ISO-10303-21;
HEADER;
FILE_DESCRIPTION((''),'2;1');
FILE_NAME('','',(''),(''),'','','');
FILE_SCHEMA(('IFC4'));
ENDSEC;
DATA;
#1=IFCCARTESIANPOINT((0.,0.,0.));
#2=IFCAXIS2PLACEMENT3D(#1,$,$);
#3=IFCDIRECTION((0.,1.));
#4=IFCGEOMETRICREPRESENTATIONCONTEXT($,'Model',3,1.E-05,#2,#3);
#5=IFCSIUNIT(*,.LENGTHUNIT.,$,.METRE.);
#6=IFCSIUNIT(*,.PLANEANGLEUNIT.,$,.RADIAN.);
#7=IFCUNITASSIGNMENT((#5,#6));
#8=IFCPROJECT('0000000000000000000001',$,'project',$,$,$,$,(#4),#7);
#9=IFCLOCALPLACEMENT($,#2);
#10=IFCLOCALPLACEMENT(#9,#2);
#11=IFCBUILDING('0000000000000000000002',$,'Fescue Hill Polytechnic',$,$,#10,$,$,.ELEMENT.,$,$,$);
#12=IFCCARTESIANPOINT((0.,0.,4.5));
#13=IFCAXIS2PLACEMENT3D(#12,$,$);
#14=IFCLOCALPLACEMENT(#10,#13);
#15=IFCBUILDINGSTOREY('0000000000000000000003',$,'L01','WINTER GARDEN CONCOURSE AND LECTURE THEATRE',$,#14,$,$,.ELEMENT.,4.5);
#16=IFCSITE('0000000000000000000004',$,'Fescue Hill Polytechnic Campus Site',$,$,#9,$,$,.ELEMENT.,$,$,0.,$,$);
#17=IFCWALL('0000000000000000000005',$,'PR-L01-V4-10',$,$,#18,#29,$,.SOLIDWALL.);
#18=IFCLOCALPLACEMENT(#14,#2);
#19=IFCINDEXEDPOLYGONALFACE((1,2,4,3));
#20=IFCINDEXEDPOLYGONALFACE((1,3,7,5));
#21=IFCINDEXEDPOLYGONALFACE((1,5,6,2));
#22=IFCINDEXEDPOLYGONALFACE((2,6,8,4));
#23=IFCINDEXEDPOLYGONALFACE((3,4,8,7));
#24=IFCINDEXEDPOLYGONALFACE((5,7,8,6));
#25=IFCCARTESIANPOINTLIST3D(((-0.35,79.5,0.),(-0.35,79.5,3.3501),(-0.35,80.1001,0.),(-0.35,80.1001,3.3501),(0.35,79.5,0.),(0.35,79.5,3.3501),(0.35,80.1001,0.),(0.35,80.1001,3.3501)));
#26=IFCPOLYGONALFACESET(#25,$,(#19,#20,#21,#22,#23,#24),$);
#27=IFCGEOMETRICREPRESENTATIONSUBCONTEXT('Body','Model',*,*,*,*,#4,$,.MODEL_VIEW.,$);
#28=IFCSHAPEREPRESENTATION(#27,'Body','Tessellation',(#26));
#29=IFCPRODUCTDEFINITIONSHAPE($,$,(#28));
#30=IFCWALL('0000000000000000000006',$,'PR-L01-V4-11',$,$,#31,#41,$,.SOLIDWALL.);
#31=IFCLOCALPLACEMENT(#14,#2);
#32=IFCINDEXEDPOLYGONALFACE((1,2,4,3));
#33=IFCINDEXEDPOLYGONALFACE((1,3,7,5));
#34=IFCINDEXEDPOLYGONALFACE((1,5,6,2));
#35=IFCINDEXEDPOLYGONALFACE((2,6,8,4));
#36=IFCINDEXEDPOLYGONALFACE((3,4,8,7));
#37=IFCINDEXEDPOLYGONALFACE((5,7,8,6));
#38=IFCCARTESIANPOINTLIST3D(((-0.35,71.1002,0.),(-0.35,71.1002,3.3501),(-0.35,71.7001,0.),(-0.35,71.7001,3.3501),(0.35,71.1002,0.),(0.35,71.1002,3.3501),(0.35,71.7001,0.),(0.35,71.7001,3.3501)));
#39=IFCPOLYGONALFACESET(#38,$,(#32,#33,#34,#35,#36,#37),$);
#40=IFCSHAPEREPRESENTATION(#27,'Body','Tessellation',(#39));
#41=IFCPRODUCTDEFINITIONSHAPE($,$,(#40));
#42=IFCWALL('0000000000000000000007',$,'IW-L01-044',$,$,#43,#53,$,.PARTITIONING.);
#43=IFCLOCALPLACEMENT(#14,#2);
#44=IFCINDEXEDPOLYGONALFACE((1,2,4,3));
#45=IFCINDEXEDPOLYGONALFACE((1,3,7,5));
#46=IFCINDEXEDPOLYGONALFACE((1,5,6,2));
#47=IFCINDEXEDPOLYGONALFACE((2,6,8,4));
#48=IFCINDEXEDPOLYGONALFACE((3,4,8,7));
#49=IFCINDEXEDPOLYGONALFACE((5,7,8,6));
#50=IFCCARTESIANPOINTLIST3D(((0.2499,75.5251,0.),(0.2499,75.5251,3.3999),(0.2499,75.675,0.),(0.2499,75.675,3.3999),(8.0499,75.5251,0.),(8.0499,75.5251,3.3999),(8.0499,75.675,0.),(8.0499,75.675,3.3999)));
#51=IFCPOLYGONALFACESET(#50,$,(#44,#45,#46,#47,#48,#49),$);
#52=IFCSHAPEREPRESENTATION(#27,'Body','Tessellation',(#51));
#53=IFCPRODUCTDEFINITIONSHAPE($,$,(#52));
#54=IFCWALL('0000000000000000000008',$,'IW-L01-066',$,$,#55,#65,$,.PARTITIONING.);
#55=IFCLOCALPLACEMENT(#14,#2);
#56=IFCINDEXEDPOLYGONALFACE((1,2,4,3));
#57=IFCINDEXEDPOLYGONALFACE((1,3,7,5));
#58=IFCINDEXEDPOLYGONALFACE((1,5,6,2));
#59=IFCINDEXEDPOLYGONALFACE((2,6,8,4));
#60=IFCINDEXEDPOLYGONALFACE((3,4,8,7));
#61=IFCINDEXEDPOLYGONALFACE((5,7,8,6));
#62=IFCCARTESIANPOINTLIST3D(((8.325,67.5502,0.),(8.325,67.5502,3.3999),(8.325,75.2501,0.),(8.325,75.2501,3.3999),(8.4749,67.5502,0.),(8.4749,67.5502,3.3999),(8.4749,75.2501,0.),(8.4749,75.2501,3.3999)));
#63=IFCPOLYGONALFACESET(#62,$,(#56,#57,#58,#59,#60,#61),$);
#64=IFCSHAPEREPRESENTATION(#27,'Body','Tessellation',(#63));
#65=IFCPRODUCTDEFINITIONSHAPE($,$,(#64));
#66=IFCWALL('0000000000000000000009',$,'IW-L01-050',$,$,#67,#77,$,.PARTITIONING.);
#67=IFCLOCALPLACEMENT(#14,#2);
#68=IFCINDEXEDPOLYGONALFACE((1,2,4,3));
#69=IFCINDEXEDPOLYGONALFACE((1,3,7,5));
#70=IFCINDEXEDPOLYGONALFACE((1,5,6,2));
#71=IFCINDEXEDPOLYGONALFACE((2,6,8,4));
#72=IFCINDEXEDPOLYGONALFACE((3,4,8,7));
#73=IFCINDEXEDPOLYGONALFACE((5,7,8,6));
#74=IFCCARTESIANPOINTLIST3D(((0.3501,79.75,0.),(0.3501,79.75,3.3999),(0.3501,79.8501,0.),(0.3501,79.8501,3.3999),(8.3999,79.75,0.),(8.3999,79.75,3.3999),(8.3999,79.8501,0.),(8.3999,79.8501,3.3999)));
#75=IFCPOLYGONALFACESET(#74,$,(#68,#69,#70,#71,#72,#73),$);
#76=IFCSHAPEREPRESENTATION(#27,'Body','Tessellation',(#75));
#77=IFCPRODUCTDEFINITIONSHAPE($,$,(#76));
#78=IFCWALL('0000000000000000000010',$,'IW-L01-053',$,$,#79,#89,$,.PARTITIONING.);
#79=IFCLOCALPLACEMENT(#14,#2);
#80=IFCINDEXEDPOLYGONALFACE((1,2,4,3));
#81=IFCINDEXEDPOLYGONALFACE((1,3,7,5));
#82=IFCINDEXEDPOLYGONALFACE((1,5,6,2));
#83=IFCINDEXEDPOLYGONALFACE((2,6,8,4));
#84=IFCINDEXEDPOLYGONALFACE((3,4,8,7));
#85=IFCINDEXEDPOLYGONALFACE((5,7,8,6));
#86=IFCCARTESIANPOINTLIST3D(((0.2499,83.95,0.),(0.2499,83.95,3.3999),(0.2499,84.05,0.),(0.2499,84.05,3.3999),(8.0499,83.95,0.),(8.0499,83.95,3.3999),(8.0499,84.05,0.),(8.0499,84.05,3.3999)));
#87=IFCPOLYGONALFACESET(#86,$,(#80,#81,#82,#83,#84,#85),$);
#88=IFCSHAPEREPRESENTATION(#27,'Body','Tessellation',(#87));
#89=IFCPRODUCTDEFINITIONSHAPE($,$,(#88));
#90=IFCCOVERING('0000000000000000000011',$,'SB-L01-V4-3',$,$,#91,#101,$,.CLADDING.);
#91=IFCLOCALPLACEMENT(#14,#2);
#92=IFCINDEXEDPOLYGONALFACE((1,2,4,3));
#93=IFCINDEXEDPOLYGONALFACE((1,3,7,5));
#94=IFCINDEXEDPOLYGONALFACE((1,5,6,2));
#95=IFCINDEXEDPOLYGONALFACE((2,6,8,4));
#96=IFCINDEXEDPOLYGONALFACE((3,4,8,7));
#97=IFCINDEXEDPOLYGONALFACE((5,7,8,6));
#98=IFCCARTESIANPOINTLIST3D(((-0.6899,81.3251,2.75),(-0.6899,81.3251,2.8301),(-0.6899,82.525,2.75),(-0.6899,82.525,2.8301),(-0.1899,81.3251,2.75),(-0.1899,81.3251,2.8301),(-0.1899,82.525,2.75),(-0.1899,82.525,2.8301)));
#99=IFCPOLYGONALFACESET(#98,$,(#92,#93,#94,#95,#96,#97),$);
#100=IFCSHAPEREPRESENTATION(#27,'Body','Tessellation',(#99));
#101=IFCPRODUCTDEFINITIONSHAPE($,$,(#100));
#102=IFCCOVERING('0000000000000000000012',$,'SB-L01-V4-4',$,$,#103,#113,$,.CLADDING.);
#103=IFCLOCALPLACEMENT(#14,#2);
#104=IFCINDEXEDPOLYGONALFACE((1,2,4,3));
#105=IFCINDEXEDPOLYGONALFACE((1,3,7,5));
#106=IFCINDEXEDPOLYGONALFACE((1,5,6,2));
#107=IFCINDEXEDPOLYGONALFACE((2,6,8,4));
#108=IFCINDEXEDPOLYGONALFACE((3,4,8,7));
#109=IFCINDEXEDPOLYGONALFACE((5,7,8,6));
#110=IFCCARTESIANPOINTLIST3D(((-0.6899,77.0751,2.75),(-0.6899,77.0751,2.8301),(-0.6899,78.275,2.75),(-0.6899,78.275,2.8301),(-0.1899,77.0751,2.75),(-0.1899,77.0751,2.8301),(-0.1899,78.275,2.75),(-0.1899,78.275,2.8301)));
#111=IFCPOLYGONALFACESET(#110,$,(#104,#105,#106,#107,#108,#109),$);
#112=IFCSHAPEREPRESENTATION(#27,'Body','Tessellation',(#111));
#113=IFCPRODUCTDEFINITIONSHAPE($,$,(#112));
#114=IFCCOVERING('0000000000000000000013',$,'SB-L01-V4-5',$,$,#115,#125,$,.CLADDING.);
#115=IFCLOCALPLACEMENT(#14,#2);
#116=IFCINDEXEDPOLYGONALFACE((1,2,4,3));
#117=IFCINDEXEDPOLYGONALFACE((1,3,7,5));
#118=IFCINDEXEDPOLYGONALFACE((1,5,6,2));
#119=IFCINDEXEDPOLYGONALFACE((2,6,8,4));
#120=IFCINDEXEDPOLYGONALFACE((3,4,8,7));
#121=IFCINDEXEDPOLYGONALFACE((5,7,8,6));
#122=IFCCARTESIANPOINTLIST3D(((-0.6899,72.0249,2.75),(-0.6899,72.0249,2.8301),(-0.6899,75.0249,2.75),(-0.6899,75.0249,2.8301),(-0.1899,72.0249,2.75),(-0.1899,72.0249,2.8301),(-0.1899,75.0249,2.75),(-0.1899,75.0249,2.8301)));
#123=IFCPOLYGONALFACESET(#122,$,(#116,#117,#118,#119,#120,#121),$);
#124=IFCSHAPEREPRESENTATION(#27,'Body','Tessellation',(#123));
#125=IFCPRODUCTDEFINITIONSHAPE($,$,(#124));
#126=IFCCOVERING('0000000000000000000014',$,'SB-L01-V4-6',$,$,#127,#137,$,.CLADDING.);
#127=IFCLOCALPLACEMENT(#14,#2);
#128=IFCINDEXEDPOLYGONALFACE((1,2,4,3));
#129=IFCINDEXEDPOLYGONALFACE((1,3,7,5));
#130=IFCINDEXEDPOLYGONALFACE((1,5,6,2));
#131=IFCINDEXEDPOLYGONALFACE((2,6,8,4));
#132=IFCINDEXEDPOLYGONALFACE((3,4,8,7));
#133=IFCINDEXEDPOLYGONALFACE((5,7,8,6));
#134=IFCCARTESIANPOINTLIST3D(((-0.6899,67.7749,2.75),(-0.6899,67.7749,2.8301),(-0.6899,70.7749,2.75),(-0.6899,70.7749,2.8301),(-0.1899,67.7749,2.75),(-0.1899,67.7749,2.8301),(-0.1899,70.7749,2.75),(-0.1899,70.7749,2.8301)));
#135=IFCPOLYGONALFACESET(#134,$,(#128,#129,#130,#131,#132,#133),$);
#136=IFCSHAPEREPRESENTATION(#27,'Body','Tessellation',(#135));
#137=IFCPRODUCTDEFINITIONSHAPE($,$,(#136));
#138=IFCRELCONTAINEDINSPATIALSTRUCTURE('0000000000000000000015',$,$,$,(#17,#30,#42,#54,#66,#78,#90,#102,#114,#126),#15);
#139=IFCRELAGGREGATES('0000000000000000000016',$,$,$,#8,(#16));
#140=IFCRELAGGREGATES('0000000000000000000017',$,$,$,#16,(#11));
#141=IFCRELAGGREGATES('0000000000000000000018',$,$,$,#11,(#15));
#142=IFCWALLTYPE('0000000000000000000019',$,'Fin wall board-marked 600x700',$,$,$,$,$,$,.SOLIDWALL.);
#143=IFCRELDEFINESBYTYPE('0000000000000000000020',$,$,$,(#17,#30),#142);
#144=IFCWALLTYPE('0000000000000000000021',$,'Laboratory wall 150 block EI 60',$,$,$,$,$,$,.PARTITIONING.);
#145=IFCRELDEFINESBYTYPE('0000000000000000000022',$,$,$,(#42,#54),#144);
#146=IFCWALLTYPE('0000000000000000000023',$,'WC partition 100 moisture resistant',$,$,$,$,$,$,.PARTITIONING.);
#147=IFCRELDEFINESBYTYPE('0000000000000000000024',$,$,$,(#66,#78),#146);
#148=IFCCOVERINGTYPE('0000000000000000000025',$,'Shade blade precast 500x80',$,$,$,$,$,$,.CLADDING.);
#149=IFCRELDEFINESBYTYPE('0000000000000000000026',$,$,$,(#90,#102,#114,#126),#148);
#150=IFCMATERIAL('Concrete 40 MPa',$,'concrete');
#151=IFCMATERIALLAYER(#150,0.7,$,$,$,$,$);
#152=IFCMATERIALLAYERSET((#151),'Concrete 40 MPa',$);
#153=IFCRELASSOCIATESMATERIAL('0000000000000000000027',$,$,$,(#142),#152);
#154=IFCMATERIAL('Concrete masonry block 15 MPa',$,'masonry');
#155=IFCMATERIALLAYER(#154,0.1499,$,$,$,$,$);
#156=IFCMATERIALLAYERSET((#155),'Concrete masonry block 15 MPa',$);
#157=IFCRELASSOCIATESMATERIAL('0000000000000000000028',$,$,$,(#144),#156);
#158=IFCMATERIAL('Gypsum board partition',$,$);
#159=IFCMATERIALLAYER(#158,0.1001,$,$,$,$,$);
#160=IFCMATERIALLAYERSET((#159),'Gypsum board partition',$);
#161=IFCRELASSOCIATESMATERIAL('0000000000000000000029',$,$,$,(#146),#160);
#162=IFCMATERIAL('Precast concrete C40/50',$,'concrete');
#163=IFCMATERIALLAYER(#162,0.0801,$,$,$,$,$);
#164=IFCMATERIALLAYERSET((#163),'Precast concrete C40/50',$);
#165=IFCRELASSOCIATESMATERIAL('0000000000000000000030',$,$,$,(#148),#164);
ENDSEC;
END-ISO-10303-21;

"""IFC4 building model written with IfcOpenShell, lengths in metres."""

from ifc_helpers import new_model, si_unit, direction, frame, frame_2d, origin, origin_2d, place, context, subcontext, project, spatial, rectangle, extrude, material, layer, layer_set, type_object, element, save


model = new_model("IFC4")

# Units and contexts
model_context = context("Model", 3, precision=1e-05, world=origin(), true_north=direction((0.0, 1.0)))
body_context = subcontext(model_context, "Body", "Model", "MODEL_VIEW")
ifc_project = project(units=[si_unit("LENGTHUNIT", "METRE"), si_unit("PLANEANGLEUNIT", "RADIAN")], contexts=[model_context])

# Site, building, storey
site_placement = place(None, origin())
site = spatial("IfcSite", under=ifc_project, at=site_placement, Name="Fescue Hill Polytechnic Campus Site", CompositionType="ELEMENT", RefElevation=0.0)
building_placement = place(site_placement, origin())
building = spatial("IfcBuilding", under=site, at=building_placement, Name="Fescue Hill Polytechnic", CompositionType="ELEMENT")
storey_placement = place(building_placement, frame((0.0, 0.0, 4.5)))
storey = spatial("IfcBuildingStorey", under=building, at=storey_placement, Name="L01", Description="WINTER GARDEN CONCOURSE AND LECTURE THEATRE", CompositionType="ELEMENT", Elevation=4.5)

# Shared definitions
ifc_material_1 = material(Name="Concrete 40 MPa", Category="concrete")

# Walls
ifc_layer_1 = layer(ifc_material_1, 0.7)
ifc_layer_set_1 = layer_set([ifc_layer_1], Name="Concrete 40 MPa")
wall_type_1 = type_object("IfcWallType", Name="Fin wall board-marked 600x700", PredefinedType="SOLIDWALL", material=ifc_layer_set_1)
wall_1_placement = place(storey_placement, frame((0.0, 80.1001, 0.0), z_axis=(0.0, 0.0, 1.0), x_axis=(0.0, -1.0, 0.0)))
element("IfcWall", 1, at=wall_1_placement, inside=storey, type_object=wall_type_1, Name="PR-L01-V4-10", PredefinedType="SOLIDWALL", context=body_context, shape_type="SweptSolid", body=[
    extrude(rectangle(XDim=0.6001, YDim=0.7, at=frame_2d((0.3, 0.0))), origin(), (0.0, 0.0, 1.0), 3.3501),
])
wall_2_placement = place(storey_placement, frame((0.0, 71.7, 0.0), z_axis=(0.0, 0.0, 1.0), x_axis=(0.0, -1.0, 0.0)))
element("IfcWall", 2, at=wall_2_placement, inside=storey, type_object=wall_type_1, Name="PR-L01-V4-11", PredefinedType="SOLIDWALL", context=body_context, shape_type="SweptSolid", body=[
    extrude(rectangle(XDim=0.5999, YDim=0.7, at=frame_2d((0.2998, 0.0))), origin(), (0.0, 0.0, 1.0), 3.3501),
])
ifc_material_2 = material(Name="Concrete masonry block 15 MPa", Category="masonry")
ifc_layer_2 = layer(ifc_material_2, 0.1499)
ifc_layer_set_2 = layer_set([ifc_layer_2], Name="Concrete masonry block 15 MPa")
wall_type_2 = type_object("IfcWallType", Name="Laboratory wall 150 block EI 60", PredefinedType="PARTITIONING", material=ifc_layer_set_2)
wall_3_placement = place(storey_placement, frame((0.25, 75.6001, 0.0), z_axis=(0.0, 0.0, 1.0), x_axis=(1.0, 0.0, 0.0)))
element("IfcWall", 3, at=wall_3_placement, inside=storey, type_object=wall_type_2, Name="IW-L01-044", PredefinedType="PARTITIONING", context=body_context, shape_type="SweptSolid", body=[
    extrude(rectangle(XDim=7.8, YDim=0.1499, at=frame_2d((3.8999, 0.0))), origin(), (0.0, 0.0, 1.0), 3.3999),
])
wall_4_placement = place(storey_placement, frame((8.3999, 67.55, 0.0), z_axis=(0.0, 0.0, 1.0), x_axis=(0.0, 1.0, 0.0)))
element("IfcWall", 4, at=wall_4_placement, inside=storey, type_object=wall_type_2, Name="IW-L01-066", PredefinedType="PARTITIONING", context=body_context, shape_type="SweptSolid", body=[
    extrude(rectangle(XDim=7.7, YDim=0.1499, at=frame_2d((3.8501, 0.0))), origin(), (0.0, 0.0, 1.0), 3.3999),
])
ifc_material_3 = material(Name="Gypsum board partition")
ifc_layer_3 = layer(ifc_material_3, 0.1001)
ifc_layer_set_3 = layer_set([ifc_layer_3], Name="Gypsum board partition")
wall_type_3 = type_object("IfcWallType", Name="WC partition 100 moisture resistant", PredefinedType="PARTITIONING", material=ifc_layer_set_3)
wall_5_placement = place(storey_placement, frame((0.3501, 79.8, 0.0), z_axis=(0.0, 0.0, 1.0), x_axis=(1.0, 0.0, 0.0)))
element("IfcWall", 5, at=wall_5_placement, inside=storey, type_object=wall_type_3, Name="IW-L01-050", PredefinedType="PARTITIONING", context=body_context, shape_type="SweptSolid", body=[
    extrude(rectangle(XDim=8.0498, YDim=0.1001, at=frame_2d((4.0249, 0.0))), origin(), (0.0, 0.0, 1.0), 3.3999),
])
wall_6_placement = place(storey_placement, frame((0.25, 84.0, 0.0), z_axis=(0.0, 0.0, 1.0), x_axis=(1.0, 0.0, 0.0)))
element("IfcWall", 6, at=wall_6_placement, inside=storey, type_object=wall_type_3, Name="IW-L01-053", PredefinedType="PARTITIONING", context=body_context, shape_type="SweptSolid", body=[
    extrude(rectangle(XDim=7.8, YDim=0.1001, at=frame_2d((3.8999, 0.0))), origin(), (0.0, 0.0, 1.0), 3.3999),
])

# Coverings
ifc_material_4 = material(Name="Precast concrete C40/50", Category="concrete")
ifc_layer_4 = layer(ifc_material_4, 0.0801)
ifc_layer_set_4 = layer_set([ifc_layer_4], Name="Precast concrete C40/50")
covering_type = type_object("IfcCoveringType", Name="Shade blade precast 500x80", PredefinedType="CLADDING", material=ifc_layer_set_4)
for number, where, z_axis, x_axis, name in (
    (7, (-0.4399, 81.925, 2.75), (0.0, 0.0, 1.0), (0.0, -1.0, 0.0), "SB-L01-V4-3"),
    (8, (-0.4399, 77.675, 2.75), (0.0, 0.0, 1.0), (0.0, -1.0, 0.0), "SB-L01-V4-4"),
):
    element("IfcCovering", number, at=place(storey_placement, frame(where, z_axis=z_axis, x_axis=x_axis)), inside=storey, type_object=covering_type, Name=name, PredefinedType="CLADDING", context=body_context, shape_type="SweptSolid", body=[
        extrude(rectangle(XDim=1.2, YDim=0.5, at=origin_2d()), origin(), (0.0, 0.0, 1.0), 0.0801),
    ])
for number, where, z_axis, x_axis, name in (
    (9, (-0.4399, 73.5249, 2.75), (0.0, 0.0, 1.0), (0.0, -1.0, 0.0), "SB-L01-V4-5"),
    (10, (-0.4399, 69.2749, 2.75), (0.0, 0.0, 1.0), (0.0, -1.0, 0.0), "SB-L01-V4-6"),
):
    element("IfcCovering", number, at=place(storey_placement, frame(where, z_axis=z_axis, x_axis=x_axis)), inside=storey, type_object=covering_type, Name=name, PredefinedType="CLADDING", context=body_context, shape_type="SweptSolid", body=[
        extrude(rectangle(XDim=3.0, YDim=0.5, at=origin_2d()), origin(), (0.0, 0.0, 1.0), 0.0801),
    ])

save(model, "model.ifc")
